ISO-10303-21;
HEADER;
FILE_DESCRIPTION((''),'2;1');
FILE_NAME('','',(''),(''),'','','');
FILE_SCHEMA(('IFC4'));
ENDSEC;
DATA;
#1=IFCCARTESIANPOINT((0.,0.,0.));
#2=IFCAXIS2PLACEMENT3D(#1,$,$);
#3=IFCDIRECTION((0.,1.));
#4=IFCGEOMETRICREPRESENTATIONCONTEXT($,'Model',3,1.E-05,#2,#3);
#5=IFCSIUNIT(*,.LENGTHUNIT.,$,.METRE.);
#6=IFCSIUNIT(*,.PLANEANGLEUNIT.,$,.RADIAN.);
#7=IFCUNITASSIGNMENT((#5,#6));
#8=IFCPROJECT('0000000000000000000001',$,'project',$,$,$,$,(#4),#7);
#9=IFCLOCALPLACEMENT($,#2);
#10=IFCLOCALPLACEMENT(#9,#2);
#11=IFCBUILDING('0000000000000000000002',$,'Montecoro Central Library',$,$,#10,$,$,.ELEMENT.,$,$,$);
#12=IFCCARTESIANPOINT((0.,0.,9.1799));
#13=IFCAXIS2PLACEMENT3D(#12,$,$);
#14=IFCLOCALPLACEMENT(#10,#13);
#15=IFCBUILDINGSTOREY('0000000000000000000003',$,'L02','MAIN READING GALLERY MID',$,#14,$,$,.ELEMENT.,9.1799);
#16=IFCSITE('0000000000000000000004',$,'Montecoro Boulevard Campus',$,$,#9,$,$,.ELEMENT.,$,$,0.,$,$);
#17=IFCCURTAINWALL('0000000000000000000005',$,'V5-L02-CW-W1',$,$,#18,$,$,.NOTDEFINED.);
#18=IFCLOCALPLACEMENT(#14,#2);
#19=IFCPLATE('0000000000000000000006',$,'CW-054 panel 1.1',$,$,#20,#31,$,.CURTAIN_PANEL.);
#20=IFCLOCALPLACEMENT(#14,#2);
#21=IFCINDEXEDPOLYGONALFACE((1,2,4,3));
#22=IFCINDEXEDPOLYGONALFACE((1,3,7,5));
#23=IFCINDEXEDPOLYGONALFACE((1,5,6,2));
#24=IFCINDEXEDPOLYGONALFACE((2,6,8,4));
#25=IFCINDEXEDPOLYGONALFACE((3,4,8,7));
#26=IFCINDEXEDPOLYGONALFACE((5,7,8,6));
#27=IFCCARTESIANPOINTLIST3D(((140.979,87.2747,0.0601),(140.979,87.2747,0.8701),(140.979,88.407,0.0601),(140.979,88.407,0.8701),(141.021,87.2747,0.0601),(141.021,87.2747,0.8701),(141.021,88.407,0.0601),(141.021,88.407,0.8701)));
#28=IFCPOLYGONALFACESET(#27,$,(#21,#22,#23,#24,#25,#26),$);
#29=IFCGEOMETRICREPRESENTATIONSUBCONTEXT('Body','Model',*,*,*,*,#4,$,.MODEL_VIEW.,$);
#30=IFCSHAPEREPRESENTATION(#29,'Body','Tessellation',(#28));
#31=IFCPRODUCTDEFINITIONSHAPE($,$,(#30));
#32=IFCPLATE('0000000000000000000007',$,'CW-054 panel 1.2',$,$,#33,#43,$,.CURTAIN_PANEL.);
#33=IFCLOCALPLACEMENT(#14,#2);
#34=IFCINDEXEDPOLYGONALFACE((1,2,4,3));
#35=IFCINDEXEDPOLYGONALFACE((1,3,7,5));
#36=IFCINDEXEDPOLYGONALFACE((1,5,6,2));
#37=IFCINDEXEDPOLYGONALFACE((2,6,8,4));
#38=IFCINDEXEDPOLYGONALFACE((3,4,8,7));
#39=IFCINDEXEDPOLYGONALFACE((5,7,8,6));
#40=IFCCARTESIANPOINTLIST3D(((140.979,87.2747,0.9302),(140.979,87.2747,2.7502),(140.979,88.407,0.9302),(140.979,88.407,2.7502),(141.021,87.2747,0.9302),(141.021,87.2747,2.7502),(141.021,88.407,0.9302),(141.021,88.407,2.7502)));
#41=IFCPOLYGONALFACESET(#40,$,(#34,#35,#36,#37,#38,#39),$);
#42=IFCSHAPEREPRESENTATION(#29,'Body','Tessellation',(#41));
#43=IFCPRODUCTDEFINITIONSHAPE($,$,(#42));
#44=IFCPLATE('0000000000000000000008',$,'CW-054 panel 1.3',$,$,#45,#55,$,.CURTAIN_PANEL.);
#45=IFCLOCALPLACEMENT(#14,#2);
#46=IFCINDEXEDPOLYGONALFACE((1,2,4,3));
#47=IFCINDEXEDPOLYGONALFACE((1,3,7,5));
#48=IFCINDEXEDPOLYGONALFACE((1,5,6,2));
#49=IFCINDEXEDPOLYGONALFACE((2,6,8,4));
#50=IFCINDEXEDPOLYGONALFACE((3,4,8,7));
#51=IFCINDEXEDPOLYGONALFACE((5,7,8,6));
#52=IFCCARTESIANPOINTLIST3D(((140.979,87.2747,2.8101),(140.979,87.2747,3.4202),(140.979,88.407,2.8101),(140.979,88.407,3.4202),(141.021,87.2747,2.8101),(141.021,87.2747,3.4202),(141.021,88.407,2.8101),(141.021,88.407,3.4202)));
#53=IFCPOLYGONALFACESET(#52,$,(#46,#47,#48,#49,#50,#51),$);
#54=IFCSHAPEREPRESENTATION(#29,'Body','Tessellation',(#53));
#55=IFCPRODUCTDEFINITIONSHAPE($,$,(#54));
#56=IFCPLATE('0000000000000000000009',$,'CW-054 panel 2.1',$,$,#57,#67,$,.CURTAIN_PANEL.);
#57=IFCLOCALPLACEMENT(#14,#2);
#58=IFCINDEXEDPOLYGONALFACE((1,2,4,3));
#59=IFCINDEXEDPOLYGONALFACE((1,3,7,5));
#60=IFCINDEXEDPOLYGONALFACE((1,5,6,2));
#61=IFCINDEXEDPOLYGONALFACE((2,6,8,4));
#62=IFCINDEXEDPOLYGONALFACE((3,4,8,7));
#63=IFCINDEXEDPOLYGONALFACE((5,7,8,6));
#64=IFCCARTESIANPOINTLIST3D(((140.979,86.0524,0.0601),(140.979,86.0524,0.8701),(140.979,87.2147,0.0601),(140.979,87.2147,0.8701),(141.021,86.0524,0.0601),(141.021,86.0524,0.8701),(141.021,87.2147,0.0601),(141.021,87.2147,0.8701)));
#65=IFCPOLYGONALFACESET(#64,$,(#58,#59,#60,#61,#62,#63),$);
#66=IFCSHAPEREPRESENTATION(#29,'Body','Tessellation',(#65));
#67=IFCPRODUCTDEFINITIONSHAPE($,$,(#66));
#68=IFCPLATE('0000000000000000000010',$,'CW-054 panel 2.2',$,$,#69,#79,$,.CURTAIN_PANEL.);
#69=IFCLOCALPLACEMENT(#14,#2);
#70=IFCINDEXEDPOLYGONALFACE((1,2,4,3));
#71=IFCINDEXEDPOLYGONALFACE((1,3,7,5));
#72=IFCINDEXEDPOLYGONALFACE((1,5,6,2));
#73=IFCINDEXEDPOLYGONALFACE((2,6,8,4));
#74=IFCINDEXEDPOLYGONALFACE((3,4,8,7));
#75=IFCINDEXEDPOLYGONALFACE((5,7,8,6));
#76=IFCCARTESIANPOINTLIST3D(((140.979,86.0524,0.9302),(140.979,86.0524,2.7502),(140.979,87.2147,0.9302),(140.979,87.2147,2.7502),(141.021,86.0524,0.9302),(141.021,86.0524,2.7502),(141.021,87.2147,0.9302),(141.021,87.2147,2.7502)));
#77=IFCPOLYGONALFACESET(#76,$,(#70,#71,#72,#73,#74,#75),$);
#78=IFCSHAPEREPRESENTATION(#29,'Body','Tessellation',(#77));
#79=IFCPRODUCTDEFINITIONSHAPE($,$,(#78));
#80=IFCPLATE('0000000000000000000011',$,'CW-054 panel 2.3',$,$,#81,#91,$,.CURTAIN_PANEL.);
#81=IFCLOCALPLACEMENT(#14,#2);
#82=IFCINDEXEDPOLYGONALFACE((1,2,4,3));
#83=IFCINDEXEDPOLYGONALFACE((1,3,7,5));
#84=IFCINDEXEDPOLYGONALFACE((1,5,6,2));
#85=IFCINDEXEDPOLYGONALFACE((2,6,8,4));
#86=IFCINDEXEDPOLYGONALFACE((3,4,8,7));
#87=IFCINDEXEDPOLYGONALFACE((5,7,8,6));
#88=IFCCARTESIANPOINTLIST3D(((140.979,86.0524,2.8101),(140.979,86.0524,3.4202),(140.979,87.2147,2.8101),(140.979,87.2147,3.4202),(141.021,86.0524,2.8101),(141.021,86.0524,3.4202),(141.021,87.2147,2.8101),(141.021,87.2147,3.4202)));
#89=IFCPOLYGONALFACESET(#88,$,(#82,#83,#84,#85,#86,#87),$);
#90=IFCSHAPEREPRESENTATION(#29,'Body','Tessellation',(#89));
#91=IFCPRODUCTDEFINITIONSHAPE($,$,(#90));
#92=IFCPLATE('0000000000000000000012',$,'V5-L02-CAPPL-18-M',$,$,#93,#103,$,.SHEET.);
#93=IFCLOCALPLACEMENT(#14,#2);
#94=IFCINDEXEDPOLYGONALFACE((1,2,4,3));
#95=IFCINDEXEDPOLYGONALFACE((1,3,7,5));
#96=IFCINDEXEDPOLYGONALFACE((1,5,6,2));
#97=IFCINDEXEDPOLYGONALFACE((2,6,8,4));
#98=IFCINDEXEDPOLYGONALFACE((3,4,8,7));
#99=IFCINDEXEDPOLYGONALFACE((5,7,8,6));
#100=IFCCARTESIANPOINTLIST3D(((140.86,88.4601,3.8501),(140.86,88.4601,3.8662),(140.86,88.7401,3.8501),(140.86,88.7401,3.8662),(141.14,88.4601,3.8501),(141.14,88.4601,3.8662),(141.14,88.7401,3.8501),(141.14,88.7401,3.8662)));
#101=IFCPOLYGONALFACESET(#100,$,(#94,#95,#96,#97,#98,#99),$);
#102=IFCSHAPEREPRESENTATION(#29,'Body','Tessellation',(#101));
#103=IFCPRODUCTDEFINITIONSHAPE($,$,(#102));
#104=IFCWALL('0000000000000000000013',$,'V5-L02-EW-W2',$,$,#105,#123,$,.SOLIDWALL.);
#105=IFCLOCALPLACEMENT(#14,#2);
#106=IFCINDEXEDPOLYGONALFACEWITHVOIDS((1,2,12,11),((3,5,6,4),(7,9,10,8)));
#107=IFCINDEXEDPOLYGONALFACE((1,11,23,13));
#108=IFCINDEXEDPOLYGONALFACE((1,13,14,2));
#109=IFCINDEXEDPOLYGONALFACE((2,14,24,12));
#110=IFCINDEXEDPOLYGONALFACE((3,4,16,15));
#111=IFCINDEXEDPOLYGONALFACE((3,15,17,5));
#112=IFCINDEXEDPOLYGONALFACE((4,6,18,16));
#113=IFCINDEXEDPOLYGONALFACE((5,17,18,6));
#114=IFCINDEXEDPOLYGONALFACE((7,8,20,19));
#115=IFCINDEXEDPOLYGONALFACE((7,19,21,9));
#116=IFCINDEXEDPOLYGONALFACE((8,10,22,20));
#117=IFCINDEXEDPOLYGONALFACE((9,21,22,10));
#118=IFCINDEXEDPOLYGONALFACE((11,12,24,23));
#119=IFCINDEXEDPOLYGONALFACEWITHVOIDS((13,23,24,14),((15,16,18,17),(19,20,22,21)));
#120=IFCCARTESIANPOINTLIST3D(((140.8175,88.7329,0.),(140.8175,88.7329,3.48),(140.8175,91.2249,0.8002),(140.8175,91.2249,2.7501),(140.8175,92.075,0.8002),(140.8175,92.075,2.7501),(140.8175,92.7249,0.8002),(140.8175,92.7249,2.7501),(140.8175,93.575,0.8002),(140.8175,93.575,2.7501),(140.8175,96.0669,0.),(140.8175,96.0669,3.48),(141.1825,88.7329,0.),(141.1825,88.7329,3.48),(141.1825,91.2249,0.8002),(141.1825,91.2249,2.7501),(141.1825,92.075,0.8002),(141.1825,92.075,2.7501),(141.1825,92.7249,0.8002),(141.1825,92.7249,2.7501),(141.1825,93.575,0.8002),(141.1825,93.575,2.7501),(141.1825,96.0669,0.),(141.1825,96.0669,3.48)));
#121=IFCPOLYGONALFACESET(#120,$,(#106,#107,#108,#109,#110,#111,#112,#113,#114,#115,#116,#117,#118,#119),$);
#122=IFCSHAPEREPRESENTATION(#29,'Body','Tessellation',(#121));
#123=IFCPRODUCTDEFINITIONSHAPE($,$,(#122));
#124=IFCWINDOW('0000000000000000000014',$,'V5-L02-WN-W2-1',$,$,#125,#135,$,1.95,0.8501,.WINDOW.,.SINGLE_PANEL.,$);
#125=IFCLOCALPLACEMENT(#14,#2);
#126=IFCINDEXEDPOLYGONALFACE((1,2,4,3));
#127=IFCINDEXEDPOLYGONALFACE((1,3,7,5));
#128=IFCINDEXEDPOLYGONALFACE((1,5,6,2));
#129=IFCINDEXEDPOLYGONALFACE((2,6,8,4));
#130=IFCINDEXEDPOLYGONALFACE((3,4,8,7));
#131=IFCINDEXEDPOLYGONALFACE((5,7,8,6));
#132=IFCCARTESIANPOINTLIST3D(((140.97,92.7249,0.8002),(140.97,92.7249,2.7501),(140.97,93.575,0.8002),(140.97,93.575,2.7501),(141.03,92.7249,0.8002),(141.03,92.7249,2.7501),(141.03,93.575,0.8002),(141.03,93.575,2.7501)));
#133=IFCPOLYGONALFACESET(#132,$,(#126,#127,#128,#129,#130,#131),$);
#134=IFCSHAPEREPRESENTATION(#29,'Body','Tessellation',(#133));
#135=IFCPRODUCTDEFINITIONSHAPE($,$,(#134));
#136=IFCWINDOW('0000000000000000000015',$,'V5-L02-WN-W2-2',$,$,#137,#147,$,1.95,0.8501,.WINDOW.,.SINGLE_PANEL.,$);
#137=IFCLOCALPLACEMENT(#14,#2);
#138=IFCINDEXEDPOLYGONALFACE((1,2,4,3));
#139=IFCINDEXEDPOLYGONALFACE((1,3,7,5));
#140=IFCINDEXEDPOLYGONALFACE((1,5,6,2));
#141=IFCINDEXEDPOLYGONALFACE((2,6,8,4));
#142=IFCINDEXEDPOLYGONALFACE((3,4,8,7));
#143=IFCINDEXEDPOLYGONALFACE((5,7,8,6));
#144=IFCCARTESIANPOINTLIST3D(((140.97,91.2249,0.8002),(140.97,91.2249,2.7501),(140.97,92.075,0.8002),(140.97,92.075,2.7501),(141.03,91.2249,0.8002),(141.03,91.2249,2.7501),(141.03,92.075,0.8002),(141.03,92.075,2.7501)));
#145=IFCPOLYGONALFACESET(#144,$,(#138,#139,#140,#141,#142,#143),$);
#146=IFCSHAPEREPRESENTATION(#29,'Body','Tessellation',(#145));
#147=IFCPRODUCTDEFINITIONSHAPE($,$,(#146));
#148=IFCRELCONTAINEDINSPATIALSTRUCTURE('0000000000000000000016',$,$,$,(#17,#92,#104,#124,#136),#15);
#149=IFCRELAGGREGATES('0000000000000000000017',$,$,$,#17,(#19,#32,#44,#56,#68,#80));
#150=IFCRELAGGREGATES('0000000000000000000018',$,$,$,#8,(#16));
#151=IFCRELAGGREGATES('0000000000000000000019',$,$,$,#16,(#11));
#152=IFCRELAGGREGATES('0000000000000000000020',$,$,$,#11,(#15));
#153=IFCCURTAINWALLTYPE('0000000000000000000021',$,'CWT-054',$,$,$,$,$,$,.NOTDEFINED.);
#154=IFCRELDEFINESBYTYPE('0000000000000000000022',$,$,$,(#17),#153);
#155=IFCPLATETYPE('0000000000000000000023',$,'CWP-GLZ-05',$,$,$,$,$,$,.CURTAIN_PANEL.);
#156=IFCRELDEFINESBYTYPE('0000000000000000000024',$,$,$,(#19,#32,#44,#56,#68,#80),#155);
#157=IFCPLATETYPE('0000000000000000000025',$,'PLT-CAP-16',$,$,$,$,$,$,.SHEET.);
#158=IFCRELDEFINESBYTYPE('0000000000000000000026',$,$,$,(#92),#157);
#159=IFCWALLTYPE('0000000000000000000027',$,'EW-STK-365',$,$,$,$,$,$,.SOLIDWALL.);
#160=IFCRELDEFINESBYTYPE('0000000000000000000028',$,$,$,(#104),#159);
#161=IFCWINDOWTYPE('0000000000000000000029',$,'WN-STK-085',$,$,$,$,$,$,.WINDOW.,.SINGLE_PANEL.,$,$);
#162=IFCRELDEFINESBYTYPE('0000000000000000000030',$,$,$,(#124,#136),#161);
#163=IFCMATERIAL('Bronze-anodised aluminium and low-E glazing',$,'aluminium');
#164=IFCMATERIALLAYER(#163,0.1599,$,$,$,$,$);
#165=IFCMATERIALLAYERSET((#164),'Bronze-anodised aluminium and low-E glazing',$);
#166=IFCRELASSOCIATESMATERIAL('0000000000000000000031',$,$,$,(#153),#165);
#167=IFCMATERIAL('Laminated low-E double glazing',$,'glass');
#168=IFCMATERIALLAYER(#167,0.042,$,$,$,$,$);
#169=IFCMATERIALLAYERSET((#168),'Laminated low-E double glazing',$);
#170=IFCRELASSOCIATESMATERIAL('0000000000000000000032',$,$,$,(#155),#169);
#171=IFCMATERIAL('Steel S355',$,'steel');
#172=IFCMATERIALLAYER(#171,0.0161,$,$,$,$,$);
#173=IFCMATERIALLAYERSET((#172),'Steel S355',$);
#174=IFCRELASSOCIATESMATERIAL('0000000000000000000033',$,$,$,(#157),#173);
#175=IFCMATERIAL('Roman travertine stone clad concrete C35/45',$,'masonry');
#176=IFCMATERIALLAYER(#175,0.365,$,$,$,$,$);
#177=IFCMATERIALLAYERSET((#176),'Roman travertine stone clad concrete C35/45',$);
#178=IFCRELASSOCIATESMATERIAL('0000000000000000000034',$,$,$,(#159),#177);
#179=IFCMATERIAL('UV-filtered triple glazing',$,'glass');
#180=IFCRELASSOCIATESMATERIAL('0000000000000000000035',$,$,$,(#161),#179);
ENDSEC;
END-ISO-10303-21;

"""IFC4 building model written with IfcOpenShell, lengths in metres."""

from ifc_helpers import new_model, si_unit, direction, frame, frame_2d, origin, origin_2d, place, context, subcontext, project, spatial, rectangle, extrude, material, layer, layer_set, type_object, element, fill, aggregate, save


model = new_model("IFC4")

# Units and contexts
model_context = context("Model", 3, precision=1e-05, world=origin(), true_north=direction((0.0, 1.0)))
body_context = subcontext(model_context, "Body", "Model", "MODEL_VIEW")
ifc_project = project(units=[si_unit("LENGTHUNIT", "METRE"), si_unit("PLANEANGLEUNIT", "RADIAN")], contexts=[model_context])

# Site, building, storey
site_placement = place(None, origin())
site = spatial("IfcSite", under=ifc_project, at=site_placement, Name="Montecoro Boulevard Campus", CompositionType="ELEMENT", RefElevation=0.0)
building_placement = place(site_placement, origin())
building = spatial("IfcBuilding", under=site, at=building_placement, Name="Montecoro Central Library", CompositionType="ELEMENT")
storey_placement = place(building_placement, frame((0.0, 0.0, 9.1799)))
storey = spatial("IfcBuildingStorey", under=building, at=storey_placement, Name="L02", Description="MAIN READING GALLERY MID", CompositionType="ELEMENT", Elevation=9.1799)

# Shared definitions
ifc_material_1 = material(Name="Steel S355", Category="steel")

# Curtain wall, plates
ifc_material_2 = material(Name="Bronze-anodised aluminium and low-E glazing", Category="aluminium")
ifc_layer_1 = layer(ifc_material_2, 0.1599)
ifc_layer_set_1 = layer_set([ifc_layer_1], Name="Bronze-anodised aluminium and low-E glazing")
curtain_wall_type = type_object("IfcCurtainWallType", Name="CWT-054", PredefinedType="NOTDEFINED", material=ifc_layer_set_1)
curtain_wall_placement = place(storey_placement, origin())
curtain_wall = element("IfcCurtainWall", 1, at=curtain_wall_placement, inside=storey, type_object=curtain_wall_type, Name="V5-L02-CW-W1", PredefinedType="NOTDEFINED")
ifc_material_3 = material(Name="Laminated low-E double glazing", Category="glass")
ifc_layer_2 = layer(ifc_material_3, 0.042)
ifc_layer_set_2 = layer_set([ifc_layer_2], Name="Laminated low-E double glazing")
plate_type_1 = type_object("IfcPlateType", Name="CWP-GLZ-05", PredefinedType="CURTAIN_PANEL", material=ifc_layer_set_2)
plate_1_placement = place(storey_placement, frame((141.0, 87.8408, 0.0601), z_axis=(0.0, 0.0, 1.0), x_axis=(0.0, -1.0, 0.0)))
plate_1 = element("IfcPlate", 2, at=plate_1_placement, type_object=plate_type_1, Name="CW-054 panel 1.1", PredefinedType="CURTAIN_PANEL", context=body_context, shape_type="SweptSolid", body=[
    extrude(rectangle(XDim=1.1323, YDim=0.042, at=origin_2d()), origin(), (0.0, 0.0, 1.0), 0.8101),
])
plate_2_placement = place(storey_placement, frame((141.0, 87.8408, 0.9302), z_axis=(0.0, 0.0, 1.0), x_axis=(0.0, -1.0, 0.0)))
plate_2 = element("IfcPlate", 3, at=plate_2_placement, type_object=plate_type_1, Name="CW-054 panel 1.2", PredefinedType="CURTAIN_PANEL", context=body_context, shape_type="SweptSolid", body=[
    extrude(rectangle(XDim=1.1323, YDim=0.042, at=origin_2d()), origin(), (0.0, 0.0, 1.0), 1.8201),
])
plate_3_placement = place(storey_placement, frame((141.0, 87.8408, 2.8101), z_axis=(0.0, 0.0, 1.0), x_axis=(0.0, -1.0, 0.0)))
plate_3 = element("IfcPlate", 4, at=plate_3_placement, type_object=plate_type_1, Name="CW-054 panel 1.3", PredefinedType="CURTAIN_PANEL", context=body_context, shape_type="SweptSolid", body=[
    extrude(rectangle(XDim=1.1323, YDim=0.042, at=origin_2d()), origin(), (0.0, 0.0, 1.0), 0.6101),
])
plate_4_placement = place(storey_placement, frame((141.0, 86.6335, 0.0601), z_axis=(0.0, 0.0, 1.0), x_axis=(0.0, -1.0, 0.0)))
plate_4 = element("IfcPlate", 5, at=plate_4_placement, type_object=plate_type_1, Name="CW-054 panel 2.1", PredefinedType="CURTAIN_PANEL", context=body_context, shape_type="SweptSolid", body=[
    extrude(rectangle(XDim=1.1624, YDim=0.042, at=origin_2d()), origin(), (0.0, 0.0, 1.0), 0.8101),
])
plate_5_placement = place(storey_placement, frame((141.0, 86.6335, 0.9302), z_axis=(0.0, 0.0, 1.0), x_axis=(0.0, -1.0, 0.0)))
plate_5 = element("IfcPlate", 6, at=plate_5_placement, type_object=plate_type_1, Name="CW-054 panel 2.2", PredefinedType="CURTAIN_PANEL", context=body_context, shape_type="SweptSolid", body=[
    extrude(rectangle(XDim=1.1624, YDim=0.042, at=origin_2d()), origin(), (0.0, 0.0, 1.0), 1.8201),
])
plate_6_placement = place(storey_placement, frame((141.0, 86.6335, 2.8101), z_axis=(0.0, 0.0, 1.0), x_axis=(0.0, -1.0, 0.0)))
plate_6 = element("IfcPlate", 7, at=plate_6_placement, type_object=plate_type_1, Name="CW-054 panel 2.3", PredefinedType="CURTAIN_PANEL", context=body_context, shape_type="SweptSolid", body=[
    extrude(rectangle(XDim=1.1624, YDim=0.042, at=origin_2d()), origin(), (0.0, 0.0, 1.0), 0.6101),
])
aggregate(curtain_wall, [plate_1, plate_2, plate_3, plate_4, plate_5, plate_6])

# Plate
ifc_layer_3 = layer(ifc_material_1, 0.0161)
ifc_layer_set_3 = layer_set([ifc_layer_3], Name="Steel S355")
plate_type_2 = type_object("IfcPlateType", Name="PLT-CAP-16", PredefinedType="SHEET", material=ifc_layer_set_3)
plate_7_placement = place(storey_placement, frame((141.0, 88.6001, 3.8501), z_axis=(0.0, 0.0, 1.0), x_axis=(1.0, 0.0, 0.0)))
element("IfcPlate", 8, at=plate_7_placement, inside=storey, type_object=plate_type_2, Name="V5-L02-CAPPL-18-M", PredefinedType="SHEET", context=body_context, shape_type="SweptSolid", body=[
    extrude(rectangle(XDim=0.28, YDim=0.28, at=origin_2d()), origin(), (0.0, 0.0, 1.0), 0.0161),
])

# Wall, openings, windows
ifc_material_4 = material(Name="Roman travertine stone clad concrete C35/45", Category="masonry")
ifc_layer_4 = layer(ifc_material_4, 0.365)
ifc_layer_set_4 = layer_set([ifc_layer_4], Name="Roman travertine stone clad concrete C35/45")
wall_type = type_object("IfcWallType", Name="EW-STK-365", PredefinedType="SOLIDWALL", material=ifc_layer_set_4)
wall_placement = place(storey_placement, frame((141.0, 96.0669, 0.0), z_axis=(0.0, 0.0, 1.0), x_axis=(0.0, -1.0, 0.0)))
wall = element("IfcWall", 9, at=wall_placement, inside=storey, type_object=wall_type, Name="V5-L02-EW-W2", PredefinedType="SOLIDWALL", context=body_context, shape_type="SweptSolid", body=[
    extrude(rectangle(XDim=7.334, YDim=0.365, at=frame_2d((3.667, 0.0))), origin(), (0.0, 0.0, 1.0), 3.48),
])
opening_1_placement = place(wall_placement, frame((2.4919, 0.0, 0.8)))
opening_1 = element("IfcOpeningElement", 10, at=opening_1_placement, cuts=wall, PredefinedType="OPENING", context=body_context, shape_type="SweptSolid", body=[
    extrude(rectangle(XDim=0.8501, YDim=1.95, at=frame_2d((0.425, 0.9751))), frame((0.0, 0.1924, 0.0), z_axis=(0.0, -1.0, 0.0), x_axis=(1.0, 0.0, 0.0)), (0.0, 0.0, 1.0), 0.385),
])
opening_2_placement = place(wall_placement, frame((3.9919, 0.0, 0.8)))
opening_2 = element("IfcOpeningElement", 11, at=opening_2_placement, cuts=wall, PredefinedType="OPENING", context=body_context, shape_type="SweptSolid", body=[
    extrude(rectangle(XDim=0.8501, YDim=1.95, at=frame_2d((0.425, 0.9751))), frame((0.0, 0.1924, 0.0), z_axis=(0.0, -1.0, 0.0), x_axis=(1.0, 0.0, 0.0)), (0.0, 0.0, 1.0), 0.385),
])
ifc_material_5 = material(Name="UV-filtered triple glazing", Category="glass")
window_type = type_object("IfcWindowType", Name="WN-STK-085", PartitioningType="SINGLE_PANEL", PredefinedType="WINDOW", material=ifc_material_5)
window_1_placement = place(opening_1_placement, origin())
window_1 = element("IfcWindow", 12, at=window_1_placement, inside=storey, type_object=window_type, Name="V5-L02-WN-W2-1", OverallHeight=1.95, OverallWidth=0.8501, PartitioningType="SINGLE_PANEL", PredefinedType="WINDOW", context=body_context, shape_type="SweptSolid", body=[
    extrude(rectangle(XDim=0.8501, YDim=1.95, at=frame_2d((0.425, 0.9751))), frame((0.0, 0.03, 0.0), z_axis=(0.0, -1.0, 0.0), x_axis=(1.0, 0.0, 0.0)), (0.0, 0.0, 1.0), 0.0601),
])
fill(opening_1, window_1)
window_2_placement = place(opening_2_placement, origin())
window_2 = element("IfcWindow", 13, at=window_2_placement, inside=storey, type_object=window_type, Name="V5-L02-WN-W2-2", OverallHeight=1.95, OverallWidth=0.8501, PartitioningType="SINGLE_PANEL", PredefinedType="WINDOW", context=body_context, shape_type="SweptSolid", body=[
    extrude(rectangle(XDim=0.8501, YDim=1.95, at=frame_2d((0.425, 0.9751))), frame((0.0, 0.03, 0.0), z_axis=(0.0, -1.0, 0.0), x_axis=(1.0, 0.0, 0.0)), (0.0, 0.0, 1.0), 0.0601),
])
fill(opening_2, window_2)

save(model, "model.ifc")
